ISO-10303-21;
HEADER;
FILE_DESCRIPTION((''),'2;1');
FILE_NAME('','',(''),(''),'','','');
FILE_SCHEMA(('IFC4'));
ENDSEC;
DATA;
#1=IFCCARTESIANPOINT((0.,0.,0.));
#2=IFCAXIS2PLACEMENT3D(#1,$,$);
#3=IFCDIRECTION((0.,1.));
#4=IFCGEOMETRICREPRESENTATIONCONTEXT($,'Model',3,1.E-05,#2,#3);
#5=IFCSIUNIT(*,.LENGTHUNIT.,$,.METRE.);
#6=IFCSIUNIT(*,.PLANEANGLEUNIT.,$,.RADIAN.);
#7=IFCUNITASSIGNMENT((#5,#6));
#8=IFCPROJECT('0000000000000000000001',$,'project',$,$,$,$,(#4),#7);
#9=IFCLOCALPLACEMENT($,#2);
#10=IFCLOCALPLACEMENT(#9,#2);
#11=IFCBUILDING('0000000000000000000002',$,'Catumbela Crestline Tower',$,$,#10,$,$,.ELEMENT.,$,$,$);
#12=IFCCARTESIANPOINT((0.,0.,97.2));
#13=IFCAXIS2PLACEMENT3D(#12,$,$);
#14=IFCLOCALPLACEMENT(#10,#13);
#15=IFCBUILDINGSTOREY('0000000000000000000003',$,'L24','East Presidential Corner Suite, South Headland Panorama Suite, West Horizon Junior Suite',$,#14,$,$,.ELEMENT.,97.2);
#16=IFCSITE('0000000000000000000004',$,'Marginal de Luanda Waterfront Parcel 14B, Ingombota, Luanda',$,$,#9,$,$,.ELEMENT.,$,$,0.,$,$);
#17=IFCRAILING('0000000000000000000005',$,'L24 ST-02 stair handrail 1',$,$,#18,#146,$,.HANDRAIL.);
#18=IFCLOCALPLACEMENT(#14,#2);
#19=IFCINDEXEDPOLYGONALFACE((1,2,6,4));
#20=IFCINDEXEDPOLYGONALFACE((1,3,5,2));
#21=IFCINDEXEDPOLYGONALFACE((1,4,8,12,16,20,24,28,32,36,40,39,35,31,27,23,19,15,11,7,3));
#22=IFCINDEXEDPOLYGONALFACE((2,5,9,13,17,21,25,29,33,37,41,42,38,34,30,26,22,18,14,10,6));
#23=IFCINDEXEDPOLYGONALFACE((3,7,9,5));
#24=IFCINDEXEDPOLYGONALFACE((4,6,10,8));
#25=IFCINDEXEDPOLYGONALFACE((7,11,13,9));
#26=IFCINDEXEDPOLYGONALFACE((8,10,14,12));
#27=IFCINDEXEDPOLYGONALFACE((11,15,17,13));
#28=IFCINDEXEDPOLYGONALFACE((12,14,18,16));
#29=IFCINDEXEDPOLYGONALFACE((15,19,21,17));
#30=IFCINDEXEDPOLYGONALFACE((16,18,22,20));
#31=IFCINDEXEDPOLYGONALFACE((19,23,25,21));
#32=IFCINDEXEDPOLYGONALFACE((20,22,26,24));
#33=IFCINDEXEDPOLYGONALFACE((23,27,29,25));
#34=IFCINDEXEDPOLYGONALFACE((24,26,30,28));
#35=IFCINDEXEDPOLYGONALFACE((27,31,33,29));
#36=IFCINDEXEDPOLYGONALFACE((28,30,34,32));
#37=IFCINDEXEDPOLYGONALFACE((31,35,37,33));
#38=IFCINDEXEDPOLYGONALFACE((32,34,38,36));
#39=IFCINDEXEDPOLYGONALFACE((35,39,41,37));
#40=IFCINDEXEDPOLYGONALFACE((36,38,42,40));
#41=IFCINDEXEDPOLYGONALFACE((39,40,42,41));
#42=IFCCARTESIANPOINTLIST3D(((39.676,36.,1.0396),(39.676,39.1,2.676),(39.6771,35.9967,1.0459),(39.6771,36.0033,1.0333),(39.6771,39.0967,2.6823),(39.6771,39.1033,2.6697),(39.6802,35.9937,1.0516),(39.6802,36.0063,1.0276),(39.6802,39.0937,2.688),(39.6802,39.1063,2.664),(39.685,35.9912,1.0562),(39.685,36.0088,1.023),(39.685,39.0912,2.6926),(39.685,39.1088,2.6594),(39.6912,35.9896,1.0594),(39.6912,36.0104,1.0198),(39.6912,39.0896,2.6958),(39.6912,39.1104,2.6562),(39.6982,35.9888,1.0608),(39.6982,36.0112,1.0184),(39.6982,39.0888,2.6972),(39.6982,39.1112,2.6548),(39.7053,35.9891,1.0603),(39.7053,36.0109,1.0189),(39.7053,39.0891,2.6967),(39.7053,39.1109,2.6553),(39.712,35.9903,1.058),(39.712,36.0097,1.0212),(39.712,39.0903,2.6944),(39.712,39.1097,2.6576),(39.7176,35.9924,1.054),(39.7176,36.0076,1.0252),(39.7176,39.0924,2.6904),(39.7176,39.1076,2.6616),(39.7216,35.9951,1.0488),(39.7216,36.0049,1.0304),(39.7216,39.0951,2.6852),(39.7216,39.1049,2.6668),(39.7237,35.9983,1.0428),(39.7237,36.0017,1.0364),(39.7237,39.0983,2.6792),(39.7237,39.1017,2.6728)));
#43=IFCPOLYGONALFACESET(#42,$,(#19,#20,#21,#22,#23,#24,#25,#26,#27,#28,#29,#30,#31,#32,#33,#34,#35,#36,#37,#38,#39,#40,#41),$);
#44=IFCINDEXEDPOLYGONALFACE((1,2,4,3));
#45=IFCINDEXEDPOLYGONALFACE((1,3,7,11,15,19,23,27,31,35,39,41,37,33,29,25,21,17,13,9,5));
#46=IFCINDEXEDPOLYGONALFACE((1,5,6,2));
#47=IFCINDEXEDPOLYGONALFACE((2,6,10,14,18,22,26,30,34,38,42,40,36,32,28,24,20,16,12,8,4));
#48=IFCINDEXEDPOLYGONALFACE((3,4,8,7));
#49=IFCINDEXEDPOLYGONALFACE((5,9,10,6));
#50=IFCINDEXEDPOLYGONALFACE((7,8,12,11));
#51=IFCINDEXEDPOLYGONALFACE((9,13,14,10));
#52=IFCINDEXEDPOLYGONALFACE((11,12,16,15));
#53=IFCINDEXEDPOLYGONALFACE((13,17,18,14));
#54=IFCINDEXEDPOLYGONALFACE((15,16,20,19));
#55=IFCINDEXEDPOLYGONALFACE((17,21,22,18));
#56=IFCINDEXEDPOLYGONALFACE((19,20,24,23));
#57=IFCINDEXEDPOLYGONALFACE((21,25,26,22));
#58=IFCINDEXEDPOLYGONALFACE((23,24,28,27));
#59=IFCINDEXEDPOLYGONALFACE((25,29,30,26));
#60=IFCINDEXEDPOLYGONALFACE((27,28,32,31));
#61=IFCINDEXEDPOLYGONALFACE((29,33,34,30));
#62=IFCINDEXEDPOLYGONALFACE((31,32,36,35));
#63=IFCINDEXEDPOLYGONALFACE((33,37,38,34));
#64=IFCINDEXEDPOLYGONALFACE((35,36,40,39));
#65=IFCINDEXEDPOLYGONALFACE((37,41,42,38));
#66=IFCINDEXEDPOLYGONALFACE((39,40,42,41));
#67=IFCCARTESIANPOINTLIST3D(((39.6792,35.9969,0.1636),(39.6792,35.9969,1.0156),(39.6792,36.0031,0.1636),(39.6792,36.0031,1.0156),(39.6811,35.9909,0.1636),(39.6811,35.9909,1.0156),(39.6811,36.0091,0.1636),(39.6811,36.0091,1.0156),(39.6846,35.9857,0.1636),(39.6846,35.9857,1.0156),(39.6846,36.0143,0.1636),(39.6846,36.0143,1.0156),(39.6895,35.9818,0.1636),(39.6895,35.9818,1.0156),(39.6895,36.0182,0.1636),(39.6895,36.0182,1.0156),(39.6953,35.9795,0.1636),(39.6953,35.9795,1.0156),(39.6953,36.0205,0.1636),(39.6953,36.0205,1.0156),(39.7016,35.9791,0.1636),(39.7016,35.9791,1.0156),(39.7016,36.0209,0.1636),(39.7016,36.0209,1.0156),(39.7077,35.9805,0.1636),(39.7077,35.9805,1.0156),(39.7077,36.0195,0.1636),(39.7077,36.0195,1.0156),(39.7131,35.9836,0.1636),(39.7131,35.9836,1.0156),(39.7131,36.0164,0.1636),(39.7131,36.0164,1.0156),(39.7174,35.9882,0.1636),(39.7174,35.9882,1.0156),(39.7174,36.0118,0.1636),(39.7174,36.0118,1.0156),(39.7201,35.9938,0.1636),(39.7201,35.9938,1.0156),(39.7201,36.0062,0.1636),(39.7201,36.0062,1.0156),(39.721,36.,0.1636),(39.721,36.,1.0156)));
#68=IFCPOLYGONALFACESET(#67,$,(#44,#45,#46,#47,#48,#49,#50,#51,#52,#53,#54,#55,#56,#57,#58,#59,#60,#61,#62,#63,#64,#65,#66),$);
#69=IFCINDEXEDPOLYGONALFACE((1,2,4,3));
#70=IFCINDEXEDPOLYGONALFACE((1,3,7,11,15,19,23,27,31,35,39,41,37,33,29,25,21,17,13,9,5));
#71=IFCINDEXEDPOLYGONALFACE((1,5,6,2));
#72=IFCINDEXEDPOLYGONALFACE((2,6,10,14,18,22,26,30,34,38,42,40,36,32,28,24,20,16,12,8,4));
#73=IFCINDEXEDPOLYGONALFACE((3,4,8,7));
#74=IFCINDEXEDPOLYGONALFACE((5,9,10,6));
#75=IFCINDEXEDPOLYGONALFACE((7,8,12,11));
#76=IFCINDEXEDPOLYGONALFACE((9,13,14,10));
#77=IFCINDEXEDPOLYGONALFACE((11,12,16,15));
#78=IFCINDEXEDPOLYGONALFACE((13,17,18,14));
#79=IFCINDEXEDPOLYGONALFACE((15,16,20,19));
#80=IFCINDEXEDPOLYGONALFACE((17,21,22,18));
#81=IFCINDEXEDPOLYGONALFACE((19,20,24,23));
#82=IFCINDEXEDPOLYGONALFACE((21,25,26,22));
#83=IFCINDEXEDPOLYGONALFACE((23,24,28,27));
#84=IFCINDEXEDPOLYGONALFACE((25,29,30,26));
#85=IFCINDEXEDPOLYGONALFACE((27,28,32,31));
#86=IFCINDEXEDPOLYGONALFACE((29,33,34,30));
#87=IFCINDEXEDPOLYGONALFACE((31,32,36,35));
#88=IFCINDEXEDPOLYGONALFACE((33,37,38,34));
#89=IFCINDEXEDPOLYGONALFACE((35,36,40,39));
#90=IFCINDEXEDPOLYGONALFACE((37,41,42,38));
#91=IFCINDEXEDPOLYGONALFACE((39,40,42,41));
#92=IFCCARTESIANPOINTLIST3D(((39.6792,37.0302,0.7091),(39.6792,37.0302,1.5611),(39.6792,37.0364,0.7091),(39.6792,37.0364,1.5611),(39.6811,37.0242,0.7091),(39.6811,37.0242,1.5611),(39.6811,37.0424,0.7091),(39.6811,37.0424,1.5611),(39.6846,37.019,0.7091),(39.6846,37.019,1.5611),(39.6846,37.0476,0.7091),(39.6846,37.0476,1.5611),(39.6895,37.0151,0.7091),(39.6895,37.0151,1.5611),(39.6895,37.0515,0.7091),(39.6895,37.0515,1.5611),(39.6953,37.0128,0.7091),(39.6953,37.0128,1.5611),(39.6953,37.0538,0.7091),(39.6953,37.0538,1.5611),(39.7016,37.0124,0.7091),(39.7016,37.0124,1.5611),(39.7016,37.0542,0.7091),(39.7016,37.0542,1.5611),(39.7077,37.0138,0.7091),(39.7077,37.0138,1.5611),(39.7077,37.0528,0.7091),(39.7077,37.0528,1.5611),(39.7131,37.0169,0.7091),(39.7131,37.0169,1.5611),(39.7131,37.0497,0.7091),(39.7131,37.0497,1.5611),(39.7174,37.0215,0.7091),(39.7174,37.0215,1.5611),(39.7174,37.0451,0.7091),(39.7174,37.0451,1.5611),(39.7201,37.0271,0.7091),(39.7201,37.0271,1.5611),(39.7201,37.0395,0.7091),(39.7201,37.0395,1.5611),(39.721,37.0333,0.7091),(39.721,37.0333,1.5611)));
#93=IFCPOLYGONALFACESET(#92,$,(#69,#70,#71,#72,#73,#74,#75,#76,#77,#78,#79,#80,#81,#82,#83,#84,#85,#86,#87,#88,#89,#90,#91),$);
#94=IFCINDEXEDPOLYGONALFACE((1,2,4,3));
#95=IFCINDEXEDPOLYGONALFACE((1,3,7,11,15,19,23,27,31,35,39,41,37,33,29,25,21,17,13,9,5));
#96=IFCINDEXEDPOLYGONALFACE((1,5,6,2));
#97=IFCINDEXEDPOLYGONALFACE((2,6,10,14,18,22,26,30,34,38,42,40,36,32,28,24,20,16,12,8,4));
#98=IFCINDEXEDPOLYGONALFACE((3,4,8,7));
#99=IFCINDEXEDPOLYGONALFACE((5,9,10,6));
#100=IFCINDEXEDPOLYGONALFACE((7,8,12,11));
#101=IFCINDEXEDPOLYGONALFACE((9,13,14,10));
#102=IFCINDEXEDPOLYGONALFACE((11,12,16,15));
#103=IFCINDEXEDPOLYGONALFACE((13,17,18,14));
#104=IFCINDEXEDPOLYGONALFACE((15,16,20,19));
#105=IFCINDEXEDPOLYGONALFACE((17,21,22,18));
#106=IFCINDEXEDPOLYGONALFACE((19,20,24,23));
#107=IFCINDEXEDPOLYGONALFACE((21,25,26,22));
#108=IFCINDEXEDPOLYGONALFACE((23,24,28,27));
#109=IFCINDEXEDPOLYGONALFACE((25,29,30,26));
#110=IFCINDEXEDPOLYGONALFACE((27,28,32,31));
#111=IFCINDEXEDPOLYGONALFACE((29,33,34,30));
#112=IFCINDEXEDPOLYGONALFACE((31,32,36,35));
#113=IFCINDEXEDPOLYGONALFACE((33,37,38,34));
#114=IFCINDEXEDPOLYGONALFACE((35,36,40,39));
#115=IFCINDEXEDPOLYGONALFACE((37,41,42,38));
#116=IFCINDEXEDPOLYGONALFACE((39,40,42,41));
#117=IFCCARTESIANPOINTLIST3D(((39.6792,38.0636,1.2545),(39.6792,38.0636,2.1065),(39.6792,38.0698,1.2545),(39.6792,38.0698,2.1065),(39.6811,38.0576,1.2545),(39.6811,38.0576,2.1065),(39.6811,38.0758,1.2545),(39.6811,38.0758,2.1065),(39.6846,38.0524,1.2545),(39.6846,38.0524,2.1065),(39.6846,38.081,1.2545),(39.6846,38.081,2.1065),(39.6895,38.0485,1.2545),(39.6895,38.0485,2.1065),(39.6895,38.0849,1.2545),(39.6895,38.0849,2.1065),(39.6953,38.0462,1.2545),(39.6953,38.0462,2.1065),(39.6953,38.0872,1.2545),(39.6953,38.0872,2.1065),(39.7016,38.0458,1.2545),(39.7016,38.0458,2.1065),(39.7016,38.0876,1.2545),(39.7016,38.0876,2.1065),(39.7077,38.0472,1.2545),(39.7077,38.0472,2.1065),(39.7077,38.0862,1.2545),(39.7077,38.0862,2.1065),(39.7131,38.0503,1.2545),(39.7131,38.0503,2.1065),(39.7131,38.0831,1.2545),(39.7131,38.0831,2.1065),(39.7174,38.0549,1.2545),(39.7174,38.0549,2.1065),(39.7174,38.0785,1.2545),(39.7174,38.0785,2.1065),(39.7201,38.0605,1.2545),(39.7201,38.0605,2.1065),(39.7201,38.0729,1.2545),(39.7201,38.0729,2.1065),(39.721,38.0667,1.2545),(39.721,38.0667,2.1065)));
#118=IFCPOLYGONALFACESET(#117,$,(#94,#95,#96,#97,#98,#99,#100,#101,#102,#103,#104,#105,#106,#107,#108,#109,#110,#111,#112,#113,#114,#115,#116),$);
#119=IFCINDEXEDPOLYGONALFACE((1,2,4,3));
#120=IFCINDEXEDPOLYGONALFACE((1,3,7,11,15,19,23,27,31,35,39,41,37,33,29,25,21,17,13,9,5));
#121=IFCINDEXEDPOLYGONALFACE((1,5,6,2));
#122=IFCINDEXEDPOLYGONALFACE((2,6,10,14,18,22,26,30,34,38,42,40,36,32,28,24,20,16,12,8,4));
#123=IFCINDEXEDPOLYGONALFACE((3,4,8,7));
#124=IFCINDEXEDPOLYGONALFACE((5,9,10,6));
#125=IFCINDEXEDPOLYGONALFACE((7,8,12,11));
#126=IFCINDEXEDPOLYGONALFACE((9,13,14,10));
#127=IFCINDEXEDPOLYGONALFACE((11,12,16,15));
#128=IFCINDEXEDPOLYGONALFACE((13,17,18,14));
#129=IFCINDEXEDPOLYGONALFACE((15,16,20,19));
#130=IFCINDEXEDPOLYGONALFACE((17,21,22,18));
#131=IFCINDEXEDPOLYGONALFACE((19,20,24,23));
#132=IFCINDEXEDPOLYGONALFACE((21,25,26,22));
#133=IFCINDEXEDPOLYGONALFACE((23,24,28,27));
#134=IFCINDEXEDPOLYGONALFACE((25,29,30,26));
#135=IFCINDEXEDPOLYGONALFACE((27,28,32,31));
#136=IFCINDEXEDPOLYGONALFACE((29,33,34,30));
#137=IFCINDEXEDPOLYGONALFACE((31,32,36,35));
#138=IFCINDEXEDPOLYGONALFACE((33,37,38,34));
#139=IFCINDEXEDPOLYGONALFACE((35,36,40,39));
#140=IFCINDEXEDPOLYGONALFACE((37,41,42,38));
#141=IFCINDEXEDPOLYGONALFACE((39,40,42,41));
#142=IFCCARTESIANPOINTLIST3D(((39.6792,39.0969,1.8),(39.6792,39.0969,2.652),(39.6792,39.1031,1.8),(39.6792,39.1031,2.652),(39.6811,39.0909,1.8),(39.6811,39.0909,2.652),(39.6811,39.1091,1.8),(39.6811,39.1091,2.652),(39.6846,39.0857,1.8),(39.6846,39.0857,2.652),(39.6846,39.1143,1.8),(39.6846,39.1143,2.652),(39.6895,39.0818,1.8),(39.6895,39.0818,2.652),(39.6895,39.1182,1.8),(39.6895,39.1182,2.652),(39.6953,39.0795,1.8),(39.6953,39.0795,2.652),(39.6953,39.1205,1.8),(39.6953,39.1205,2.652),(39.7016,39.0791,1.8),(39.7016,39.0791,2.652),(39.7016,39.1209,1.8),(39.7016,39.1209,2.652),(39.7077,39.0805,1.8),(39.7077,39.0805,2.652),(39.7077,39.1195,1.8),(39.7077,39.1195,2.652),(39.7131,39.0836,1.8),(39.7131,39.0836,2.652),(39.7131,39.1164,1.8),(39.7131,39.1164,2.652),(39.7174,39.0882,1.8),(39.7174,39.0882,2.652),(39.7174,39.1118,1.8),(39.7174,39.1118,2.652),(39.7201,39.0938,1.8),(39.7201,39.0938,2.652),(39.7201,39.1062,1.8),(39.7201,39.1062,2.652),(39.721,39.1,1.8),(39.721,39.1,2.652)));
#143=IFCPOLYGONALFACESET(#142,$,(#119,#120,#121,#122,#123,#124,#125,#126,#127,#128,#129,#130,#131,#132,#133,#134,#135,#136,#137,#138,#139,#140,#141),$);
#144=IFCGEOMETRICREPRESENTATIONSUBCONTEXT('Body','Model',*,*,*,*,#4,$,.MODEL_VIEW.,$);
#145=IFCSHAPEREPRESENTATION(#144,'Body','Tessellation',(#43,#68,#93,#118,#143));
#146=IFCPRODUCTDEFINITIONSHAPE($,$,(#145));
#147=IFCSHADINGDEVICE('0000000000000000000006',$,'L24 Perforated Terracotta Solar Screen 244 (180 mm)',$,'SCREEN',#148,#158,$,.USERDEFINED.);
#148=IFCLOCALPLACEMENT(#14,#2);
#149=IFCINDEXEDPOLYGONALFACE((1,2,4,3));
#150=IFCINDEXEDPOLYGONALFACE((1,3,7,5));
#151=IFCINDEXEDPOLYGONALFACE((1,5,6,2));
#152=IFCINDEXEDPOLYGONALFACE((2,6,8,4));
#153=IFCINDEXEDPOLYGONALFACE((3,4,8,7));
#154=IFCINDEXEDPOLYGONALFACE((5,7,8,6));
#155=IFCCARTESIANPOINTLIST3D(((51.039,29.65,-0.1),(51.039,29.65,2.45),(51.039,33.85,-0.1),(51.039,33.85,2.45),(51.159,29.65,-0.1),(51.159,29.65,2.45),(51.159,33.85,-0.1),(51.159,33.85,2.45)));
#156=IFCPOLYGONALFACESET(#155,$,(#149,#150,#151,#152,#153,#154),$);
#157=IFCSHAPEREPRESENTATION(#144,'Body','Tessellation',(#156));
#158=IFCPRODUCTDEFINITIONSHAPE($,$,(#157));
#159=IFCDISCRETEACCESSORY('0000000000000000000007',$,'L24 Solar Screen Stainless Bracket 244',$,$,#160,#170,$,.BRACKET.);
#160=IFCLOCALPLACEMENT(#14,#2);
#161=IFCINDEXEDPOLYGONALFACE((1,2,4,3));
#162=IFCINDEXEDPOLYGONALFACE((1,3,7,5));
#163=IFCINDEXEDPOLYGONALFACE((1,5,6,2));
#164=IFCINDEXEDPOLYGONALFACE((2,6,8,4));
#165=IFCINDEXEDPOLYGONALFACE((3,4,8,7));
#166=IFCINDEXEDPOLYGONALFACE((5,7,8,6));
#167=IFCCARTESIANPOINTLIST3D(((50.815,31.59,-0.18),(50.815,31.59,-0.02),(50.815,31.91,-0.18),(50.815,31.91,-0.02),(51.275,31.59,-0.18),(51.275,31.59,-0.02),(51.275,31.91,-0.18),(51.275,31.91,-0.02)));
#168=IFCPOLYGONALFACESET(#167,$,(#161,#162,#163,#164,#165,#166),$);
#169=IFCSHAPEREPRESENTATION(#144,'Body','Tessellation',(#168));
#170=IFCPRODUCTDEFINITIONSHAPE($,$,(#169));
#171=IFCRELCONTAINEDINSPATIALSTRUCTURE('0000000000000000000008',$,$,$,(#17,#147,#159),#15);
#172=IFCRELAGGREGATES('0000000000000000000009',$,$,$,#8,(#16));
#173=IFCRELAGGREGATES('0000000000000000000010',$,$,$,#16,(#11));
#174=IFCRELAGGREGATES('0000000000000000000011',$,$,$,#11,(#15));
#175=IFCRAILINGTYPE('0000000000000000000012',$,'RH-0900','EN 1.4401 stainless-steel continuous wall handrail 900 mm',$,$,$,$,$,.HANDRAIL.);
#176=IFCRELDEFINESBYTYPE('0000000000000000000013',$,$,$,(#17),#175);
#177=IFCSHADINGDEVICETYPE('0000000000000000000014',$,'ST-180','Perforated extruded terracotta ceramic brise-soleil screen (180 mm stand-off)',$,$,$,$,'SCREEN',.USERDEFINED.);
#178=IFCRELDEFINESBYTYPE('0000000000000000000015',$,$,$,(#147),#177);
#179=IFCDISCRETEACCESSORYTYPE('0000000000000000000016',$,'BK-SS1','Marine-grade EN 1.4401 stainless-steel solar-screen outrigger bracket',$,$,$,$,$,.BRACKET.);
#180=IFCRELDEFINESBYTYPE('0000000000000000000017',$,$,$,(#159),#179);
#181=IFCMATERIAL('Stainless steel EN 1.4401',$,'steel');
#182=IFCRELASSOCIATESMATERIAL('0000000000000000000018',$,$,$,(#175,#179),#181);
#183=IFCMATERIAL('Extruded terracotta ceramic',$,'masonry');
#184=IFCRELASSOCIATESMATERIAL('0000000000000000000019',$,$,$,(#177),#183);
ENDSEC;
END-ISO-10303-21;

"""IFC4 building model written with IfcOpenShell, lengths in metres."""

from ifc_helpers import new_model, si_unit, direction, frame, origin, origin_2d, place, context, subcontext, project, spatial, rectangle, circle, extrude, material, type_object, element, save


model = new_model("IFC4")

# Units and contexts
model_context = context("Model", 3, precision=1e-05, world=origin(), true_north=direction((0.0, 1.0)))
body_context = subcontext(model_context, "Body", "Model", "MODEL_VIEW")
ifc_project = project(units=[si_unit("LENGTHUNIT", "METRE"), si_unit("PLANEANGLEUNIT", "RADIAN")], contexts=[model_context])

# Site, building, storey
site_placement = place(None, origin())
site = spatial("IfcSite", under=ifc_project, at=site_placement, Name="Marginal de Luanda Waterfront Parcel 14B, Ingombota, Luanda", CompositionType="ELEMENT", RefElevation=0.0)
building_placement = place(site_placement, origin())
building = spatial("IfcBuilding", under=site, at=building_placement, Name="Catumbela Crestline Tower", CompositionType="ELEMENT")
storey_placement = place(building_placement, frame((0.0, 0.0, 97.2)))
storey = spatial("IfcBuildingStorey", under=building, at=storey_placement, Name="L24", Description="East Presidential Corner Suite, South Headland Panorama Suite, West Horizon Junior Suite", CompositionType="ELEMENT", Elevation=97.2)

# Railing
ifc_material_1 = material(Name="Stainless steel EN 1.4401", Category="steel")
railing_type = type_object("IfcRailingType", Name="RH-0900", Description="EN 1.4401 stainless-steel continuous wall handrail 900 mm", PredefinedType="HANDRAIL", material=ifc_material_1)
railing_placement = place(storey_placement, frame((39.7, 36.0, 0.1636)))
element("IfcRailing", 1, at=railing_placement, inside=storey, type_object=railing_type, Name="L24 ST-02 stair handrail 1", PredefinedType="HANDRAIL", context=body_context, shape_type="SweptSolid", body=[
    extrude(circle(Radius=0.024, at=origin_2d()), frame((0.0, 0.0, 0.876), z_axis=(0.0, 0.884351, 0.466823), x_axis=(-1.0, 0.0, 0.0)), (0.0, 0.0, 1.0), 3.5054),
    extrude(circle(Radius=0.021, at=origin_2d()), origin(), (0.0, 0.0, 1.0), 0.852),
    extrude(circle(Radius=0.021, at=origin_2d()), frame((0.0, 1.0333, 0.5455)), (0.0, 0.0, 1.0), 0.852),
    extrude(circle(Radius=0.021, at=origin_2d()), frame((0.0, 2.0667, 1.0909)), (0.0, 0.0, 1.0), 0.852),
    extrude(circle(Radius=0.021, at=origin_2d()), frame((0.0, 3.1, 1.6364)), (0.0, 0.0, 1.0), 0.852),
])

# Shading device
ifc_material_2 = material(Name="Extruded terracotta ceramic", Category="masonry")
shading_device_type = type_object("IfcShadingDeviceType", Name="ST-180", Description="Perforated extruded terracotta ceramic brise-soleil screen (180 mm stand-off)", ElementType="SCREEN", PredefinedType="USERDEFINED", material=ifc_material_2)
shading_device_placement = place(storey_placement, frame((51.099, 31.75, -0.1), z_axis=(0.0, 0.0, 1.0), x_axis=(0.0, 1.0, 0.0)))
element("IfcShadingDevice", 2, at=shading_device_placement, inside=storey, type_object=shading_device_type, Name="L24 Perforated Terracotta Solar Screen 244 (180 mm)", ObjectType="SCREEN", PredefinedType="USERDEFINED", context=body_context, shape_type="SweptSolid", body=[
    extrude(rectangle(XDim=4.2, YDim=0.12, at=origin_2d()), origin(), (0.0, 0.0, 1.0), 2.55),
])

# Discrete accessory
discrete_accessory_type = type_object("IfcDiscreteAccessoryType", Name="BK-SS1", Description="Marine-grade EN 1.4401 stainless-steel solar-screen outrigger bracket", PredefinedType="BRACKET", material=ifc_material_1)
discrete_accessory_placement = place(storey_placement, frame((51.045, 31.75, -0.18), z_axis=(0.0, 0.0, 1.0), x_axis=(0.0, 1.0, 0.0)))
element("IfcDiscreteAccessory", 3, at=discrete_accessory_placement, inside=storey, type_object=discrete_accessory_type, Name="L24 Solar Screen Stainless Bracket 244", PredefinedType="BRACKET", context=body_context, shape_type="SweptSolid", body=[
    extrude(rectangle(XDim=0.32, YDim=0.46, at=origin_2d()), origin(), (0.0, 0.0, 1.0), 0.16),
])

save(model, "model.ifc")
